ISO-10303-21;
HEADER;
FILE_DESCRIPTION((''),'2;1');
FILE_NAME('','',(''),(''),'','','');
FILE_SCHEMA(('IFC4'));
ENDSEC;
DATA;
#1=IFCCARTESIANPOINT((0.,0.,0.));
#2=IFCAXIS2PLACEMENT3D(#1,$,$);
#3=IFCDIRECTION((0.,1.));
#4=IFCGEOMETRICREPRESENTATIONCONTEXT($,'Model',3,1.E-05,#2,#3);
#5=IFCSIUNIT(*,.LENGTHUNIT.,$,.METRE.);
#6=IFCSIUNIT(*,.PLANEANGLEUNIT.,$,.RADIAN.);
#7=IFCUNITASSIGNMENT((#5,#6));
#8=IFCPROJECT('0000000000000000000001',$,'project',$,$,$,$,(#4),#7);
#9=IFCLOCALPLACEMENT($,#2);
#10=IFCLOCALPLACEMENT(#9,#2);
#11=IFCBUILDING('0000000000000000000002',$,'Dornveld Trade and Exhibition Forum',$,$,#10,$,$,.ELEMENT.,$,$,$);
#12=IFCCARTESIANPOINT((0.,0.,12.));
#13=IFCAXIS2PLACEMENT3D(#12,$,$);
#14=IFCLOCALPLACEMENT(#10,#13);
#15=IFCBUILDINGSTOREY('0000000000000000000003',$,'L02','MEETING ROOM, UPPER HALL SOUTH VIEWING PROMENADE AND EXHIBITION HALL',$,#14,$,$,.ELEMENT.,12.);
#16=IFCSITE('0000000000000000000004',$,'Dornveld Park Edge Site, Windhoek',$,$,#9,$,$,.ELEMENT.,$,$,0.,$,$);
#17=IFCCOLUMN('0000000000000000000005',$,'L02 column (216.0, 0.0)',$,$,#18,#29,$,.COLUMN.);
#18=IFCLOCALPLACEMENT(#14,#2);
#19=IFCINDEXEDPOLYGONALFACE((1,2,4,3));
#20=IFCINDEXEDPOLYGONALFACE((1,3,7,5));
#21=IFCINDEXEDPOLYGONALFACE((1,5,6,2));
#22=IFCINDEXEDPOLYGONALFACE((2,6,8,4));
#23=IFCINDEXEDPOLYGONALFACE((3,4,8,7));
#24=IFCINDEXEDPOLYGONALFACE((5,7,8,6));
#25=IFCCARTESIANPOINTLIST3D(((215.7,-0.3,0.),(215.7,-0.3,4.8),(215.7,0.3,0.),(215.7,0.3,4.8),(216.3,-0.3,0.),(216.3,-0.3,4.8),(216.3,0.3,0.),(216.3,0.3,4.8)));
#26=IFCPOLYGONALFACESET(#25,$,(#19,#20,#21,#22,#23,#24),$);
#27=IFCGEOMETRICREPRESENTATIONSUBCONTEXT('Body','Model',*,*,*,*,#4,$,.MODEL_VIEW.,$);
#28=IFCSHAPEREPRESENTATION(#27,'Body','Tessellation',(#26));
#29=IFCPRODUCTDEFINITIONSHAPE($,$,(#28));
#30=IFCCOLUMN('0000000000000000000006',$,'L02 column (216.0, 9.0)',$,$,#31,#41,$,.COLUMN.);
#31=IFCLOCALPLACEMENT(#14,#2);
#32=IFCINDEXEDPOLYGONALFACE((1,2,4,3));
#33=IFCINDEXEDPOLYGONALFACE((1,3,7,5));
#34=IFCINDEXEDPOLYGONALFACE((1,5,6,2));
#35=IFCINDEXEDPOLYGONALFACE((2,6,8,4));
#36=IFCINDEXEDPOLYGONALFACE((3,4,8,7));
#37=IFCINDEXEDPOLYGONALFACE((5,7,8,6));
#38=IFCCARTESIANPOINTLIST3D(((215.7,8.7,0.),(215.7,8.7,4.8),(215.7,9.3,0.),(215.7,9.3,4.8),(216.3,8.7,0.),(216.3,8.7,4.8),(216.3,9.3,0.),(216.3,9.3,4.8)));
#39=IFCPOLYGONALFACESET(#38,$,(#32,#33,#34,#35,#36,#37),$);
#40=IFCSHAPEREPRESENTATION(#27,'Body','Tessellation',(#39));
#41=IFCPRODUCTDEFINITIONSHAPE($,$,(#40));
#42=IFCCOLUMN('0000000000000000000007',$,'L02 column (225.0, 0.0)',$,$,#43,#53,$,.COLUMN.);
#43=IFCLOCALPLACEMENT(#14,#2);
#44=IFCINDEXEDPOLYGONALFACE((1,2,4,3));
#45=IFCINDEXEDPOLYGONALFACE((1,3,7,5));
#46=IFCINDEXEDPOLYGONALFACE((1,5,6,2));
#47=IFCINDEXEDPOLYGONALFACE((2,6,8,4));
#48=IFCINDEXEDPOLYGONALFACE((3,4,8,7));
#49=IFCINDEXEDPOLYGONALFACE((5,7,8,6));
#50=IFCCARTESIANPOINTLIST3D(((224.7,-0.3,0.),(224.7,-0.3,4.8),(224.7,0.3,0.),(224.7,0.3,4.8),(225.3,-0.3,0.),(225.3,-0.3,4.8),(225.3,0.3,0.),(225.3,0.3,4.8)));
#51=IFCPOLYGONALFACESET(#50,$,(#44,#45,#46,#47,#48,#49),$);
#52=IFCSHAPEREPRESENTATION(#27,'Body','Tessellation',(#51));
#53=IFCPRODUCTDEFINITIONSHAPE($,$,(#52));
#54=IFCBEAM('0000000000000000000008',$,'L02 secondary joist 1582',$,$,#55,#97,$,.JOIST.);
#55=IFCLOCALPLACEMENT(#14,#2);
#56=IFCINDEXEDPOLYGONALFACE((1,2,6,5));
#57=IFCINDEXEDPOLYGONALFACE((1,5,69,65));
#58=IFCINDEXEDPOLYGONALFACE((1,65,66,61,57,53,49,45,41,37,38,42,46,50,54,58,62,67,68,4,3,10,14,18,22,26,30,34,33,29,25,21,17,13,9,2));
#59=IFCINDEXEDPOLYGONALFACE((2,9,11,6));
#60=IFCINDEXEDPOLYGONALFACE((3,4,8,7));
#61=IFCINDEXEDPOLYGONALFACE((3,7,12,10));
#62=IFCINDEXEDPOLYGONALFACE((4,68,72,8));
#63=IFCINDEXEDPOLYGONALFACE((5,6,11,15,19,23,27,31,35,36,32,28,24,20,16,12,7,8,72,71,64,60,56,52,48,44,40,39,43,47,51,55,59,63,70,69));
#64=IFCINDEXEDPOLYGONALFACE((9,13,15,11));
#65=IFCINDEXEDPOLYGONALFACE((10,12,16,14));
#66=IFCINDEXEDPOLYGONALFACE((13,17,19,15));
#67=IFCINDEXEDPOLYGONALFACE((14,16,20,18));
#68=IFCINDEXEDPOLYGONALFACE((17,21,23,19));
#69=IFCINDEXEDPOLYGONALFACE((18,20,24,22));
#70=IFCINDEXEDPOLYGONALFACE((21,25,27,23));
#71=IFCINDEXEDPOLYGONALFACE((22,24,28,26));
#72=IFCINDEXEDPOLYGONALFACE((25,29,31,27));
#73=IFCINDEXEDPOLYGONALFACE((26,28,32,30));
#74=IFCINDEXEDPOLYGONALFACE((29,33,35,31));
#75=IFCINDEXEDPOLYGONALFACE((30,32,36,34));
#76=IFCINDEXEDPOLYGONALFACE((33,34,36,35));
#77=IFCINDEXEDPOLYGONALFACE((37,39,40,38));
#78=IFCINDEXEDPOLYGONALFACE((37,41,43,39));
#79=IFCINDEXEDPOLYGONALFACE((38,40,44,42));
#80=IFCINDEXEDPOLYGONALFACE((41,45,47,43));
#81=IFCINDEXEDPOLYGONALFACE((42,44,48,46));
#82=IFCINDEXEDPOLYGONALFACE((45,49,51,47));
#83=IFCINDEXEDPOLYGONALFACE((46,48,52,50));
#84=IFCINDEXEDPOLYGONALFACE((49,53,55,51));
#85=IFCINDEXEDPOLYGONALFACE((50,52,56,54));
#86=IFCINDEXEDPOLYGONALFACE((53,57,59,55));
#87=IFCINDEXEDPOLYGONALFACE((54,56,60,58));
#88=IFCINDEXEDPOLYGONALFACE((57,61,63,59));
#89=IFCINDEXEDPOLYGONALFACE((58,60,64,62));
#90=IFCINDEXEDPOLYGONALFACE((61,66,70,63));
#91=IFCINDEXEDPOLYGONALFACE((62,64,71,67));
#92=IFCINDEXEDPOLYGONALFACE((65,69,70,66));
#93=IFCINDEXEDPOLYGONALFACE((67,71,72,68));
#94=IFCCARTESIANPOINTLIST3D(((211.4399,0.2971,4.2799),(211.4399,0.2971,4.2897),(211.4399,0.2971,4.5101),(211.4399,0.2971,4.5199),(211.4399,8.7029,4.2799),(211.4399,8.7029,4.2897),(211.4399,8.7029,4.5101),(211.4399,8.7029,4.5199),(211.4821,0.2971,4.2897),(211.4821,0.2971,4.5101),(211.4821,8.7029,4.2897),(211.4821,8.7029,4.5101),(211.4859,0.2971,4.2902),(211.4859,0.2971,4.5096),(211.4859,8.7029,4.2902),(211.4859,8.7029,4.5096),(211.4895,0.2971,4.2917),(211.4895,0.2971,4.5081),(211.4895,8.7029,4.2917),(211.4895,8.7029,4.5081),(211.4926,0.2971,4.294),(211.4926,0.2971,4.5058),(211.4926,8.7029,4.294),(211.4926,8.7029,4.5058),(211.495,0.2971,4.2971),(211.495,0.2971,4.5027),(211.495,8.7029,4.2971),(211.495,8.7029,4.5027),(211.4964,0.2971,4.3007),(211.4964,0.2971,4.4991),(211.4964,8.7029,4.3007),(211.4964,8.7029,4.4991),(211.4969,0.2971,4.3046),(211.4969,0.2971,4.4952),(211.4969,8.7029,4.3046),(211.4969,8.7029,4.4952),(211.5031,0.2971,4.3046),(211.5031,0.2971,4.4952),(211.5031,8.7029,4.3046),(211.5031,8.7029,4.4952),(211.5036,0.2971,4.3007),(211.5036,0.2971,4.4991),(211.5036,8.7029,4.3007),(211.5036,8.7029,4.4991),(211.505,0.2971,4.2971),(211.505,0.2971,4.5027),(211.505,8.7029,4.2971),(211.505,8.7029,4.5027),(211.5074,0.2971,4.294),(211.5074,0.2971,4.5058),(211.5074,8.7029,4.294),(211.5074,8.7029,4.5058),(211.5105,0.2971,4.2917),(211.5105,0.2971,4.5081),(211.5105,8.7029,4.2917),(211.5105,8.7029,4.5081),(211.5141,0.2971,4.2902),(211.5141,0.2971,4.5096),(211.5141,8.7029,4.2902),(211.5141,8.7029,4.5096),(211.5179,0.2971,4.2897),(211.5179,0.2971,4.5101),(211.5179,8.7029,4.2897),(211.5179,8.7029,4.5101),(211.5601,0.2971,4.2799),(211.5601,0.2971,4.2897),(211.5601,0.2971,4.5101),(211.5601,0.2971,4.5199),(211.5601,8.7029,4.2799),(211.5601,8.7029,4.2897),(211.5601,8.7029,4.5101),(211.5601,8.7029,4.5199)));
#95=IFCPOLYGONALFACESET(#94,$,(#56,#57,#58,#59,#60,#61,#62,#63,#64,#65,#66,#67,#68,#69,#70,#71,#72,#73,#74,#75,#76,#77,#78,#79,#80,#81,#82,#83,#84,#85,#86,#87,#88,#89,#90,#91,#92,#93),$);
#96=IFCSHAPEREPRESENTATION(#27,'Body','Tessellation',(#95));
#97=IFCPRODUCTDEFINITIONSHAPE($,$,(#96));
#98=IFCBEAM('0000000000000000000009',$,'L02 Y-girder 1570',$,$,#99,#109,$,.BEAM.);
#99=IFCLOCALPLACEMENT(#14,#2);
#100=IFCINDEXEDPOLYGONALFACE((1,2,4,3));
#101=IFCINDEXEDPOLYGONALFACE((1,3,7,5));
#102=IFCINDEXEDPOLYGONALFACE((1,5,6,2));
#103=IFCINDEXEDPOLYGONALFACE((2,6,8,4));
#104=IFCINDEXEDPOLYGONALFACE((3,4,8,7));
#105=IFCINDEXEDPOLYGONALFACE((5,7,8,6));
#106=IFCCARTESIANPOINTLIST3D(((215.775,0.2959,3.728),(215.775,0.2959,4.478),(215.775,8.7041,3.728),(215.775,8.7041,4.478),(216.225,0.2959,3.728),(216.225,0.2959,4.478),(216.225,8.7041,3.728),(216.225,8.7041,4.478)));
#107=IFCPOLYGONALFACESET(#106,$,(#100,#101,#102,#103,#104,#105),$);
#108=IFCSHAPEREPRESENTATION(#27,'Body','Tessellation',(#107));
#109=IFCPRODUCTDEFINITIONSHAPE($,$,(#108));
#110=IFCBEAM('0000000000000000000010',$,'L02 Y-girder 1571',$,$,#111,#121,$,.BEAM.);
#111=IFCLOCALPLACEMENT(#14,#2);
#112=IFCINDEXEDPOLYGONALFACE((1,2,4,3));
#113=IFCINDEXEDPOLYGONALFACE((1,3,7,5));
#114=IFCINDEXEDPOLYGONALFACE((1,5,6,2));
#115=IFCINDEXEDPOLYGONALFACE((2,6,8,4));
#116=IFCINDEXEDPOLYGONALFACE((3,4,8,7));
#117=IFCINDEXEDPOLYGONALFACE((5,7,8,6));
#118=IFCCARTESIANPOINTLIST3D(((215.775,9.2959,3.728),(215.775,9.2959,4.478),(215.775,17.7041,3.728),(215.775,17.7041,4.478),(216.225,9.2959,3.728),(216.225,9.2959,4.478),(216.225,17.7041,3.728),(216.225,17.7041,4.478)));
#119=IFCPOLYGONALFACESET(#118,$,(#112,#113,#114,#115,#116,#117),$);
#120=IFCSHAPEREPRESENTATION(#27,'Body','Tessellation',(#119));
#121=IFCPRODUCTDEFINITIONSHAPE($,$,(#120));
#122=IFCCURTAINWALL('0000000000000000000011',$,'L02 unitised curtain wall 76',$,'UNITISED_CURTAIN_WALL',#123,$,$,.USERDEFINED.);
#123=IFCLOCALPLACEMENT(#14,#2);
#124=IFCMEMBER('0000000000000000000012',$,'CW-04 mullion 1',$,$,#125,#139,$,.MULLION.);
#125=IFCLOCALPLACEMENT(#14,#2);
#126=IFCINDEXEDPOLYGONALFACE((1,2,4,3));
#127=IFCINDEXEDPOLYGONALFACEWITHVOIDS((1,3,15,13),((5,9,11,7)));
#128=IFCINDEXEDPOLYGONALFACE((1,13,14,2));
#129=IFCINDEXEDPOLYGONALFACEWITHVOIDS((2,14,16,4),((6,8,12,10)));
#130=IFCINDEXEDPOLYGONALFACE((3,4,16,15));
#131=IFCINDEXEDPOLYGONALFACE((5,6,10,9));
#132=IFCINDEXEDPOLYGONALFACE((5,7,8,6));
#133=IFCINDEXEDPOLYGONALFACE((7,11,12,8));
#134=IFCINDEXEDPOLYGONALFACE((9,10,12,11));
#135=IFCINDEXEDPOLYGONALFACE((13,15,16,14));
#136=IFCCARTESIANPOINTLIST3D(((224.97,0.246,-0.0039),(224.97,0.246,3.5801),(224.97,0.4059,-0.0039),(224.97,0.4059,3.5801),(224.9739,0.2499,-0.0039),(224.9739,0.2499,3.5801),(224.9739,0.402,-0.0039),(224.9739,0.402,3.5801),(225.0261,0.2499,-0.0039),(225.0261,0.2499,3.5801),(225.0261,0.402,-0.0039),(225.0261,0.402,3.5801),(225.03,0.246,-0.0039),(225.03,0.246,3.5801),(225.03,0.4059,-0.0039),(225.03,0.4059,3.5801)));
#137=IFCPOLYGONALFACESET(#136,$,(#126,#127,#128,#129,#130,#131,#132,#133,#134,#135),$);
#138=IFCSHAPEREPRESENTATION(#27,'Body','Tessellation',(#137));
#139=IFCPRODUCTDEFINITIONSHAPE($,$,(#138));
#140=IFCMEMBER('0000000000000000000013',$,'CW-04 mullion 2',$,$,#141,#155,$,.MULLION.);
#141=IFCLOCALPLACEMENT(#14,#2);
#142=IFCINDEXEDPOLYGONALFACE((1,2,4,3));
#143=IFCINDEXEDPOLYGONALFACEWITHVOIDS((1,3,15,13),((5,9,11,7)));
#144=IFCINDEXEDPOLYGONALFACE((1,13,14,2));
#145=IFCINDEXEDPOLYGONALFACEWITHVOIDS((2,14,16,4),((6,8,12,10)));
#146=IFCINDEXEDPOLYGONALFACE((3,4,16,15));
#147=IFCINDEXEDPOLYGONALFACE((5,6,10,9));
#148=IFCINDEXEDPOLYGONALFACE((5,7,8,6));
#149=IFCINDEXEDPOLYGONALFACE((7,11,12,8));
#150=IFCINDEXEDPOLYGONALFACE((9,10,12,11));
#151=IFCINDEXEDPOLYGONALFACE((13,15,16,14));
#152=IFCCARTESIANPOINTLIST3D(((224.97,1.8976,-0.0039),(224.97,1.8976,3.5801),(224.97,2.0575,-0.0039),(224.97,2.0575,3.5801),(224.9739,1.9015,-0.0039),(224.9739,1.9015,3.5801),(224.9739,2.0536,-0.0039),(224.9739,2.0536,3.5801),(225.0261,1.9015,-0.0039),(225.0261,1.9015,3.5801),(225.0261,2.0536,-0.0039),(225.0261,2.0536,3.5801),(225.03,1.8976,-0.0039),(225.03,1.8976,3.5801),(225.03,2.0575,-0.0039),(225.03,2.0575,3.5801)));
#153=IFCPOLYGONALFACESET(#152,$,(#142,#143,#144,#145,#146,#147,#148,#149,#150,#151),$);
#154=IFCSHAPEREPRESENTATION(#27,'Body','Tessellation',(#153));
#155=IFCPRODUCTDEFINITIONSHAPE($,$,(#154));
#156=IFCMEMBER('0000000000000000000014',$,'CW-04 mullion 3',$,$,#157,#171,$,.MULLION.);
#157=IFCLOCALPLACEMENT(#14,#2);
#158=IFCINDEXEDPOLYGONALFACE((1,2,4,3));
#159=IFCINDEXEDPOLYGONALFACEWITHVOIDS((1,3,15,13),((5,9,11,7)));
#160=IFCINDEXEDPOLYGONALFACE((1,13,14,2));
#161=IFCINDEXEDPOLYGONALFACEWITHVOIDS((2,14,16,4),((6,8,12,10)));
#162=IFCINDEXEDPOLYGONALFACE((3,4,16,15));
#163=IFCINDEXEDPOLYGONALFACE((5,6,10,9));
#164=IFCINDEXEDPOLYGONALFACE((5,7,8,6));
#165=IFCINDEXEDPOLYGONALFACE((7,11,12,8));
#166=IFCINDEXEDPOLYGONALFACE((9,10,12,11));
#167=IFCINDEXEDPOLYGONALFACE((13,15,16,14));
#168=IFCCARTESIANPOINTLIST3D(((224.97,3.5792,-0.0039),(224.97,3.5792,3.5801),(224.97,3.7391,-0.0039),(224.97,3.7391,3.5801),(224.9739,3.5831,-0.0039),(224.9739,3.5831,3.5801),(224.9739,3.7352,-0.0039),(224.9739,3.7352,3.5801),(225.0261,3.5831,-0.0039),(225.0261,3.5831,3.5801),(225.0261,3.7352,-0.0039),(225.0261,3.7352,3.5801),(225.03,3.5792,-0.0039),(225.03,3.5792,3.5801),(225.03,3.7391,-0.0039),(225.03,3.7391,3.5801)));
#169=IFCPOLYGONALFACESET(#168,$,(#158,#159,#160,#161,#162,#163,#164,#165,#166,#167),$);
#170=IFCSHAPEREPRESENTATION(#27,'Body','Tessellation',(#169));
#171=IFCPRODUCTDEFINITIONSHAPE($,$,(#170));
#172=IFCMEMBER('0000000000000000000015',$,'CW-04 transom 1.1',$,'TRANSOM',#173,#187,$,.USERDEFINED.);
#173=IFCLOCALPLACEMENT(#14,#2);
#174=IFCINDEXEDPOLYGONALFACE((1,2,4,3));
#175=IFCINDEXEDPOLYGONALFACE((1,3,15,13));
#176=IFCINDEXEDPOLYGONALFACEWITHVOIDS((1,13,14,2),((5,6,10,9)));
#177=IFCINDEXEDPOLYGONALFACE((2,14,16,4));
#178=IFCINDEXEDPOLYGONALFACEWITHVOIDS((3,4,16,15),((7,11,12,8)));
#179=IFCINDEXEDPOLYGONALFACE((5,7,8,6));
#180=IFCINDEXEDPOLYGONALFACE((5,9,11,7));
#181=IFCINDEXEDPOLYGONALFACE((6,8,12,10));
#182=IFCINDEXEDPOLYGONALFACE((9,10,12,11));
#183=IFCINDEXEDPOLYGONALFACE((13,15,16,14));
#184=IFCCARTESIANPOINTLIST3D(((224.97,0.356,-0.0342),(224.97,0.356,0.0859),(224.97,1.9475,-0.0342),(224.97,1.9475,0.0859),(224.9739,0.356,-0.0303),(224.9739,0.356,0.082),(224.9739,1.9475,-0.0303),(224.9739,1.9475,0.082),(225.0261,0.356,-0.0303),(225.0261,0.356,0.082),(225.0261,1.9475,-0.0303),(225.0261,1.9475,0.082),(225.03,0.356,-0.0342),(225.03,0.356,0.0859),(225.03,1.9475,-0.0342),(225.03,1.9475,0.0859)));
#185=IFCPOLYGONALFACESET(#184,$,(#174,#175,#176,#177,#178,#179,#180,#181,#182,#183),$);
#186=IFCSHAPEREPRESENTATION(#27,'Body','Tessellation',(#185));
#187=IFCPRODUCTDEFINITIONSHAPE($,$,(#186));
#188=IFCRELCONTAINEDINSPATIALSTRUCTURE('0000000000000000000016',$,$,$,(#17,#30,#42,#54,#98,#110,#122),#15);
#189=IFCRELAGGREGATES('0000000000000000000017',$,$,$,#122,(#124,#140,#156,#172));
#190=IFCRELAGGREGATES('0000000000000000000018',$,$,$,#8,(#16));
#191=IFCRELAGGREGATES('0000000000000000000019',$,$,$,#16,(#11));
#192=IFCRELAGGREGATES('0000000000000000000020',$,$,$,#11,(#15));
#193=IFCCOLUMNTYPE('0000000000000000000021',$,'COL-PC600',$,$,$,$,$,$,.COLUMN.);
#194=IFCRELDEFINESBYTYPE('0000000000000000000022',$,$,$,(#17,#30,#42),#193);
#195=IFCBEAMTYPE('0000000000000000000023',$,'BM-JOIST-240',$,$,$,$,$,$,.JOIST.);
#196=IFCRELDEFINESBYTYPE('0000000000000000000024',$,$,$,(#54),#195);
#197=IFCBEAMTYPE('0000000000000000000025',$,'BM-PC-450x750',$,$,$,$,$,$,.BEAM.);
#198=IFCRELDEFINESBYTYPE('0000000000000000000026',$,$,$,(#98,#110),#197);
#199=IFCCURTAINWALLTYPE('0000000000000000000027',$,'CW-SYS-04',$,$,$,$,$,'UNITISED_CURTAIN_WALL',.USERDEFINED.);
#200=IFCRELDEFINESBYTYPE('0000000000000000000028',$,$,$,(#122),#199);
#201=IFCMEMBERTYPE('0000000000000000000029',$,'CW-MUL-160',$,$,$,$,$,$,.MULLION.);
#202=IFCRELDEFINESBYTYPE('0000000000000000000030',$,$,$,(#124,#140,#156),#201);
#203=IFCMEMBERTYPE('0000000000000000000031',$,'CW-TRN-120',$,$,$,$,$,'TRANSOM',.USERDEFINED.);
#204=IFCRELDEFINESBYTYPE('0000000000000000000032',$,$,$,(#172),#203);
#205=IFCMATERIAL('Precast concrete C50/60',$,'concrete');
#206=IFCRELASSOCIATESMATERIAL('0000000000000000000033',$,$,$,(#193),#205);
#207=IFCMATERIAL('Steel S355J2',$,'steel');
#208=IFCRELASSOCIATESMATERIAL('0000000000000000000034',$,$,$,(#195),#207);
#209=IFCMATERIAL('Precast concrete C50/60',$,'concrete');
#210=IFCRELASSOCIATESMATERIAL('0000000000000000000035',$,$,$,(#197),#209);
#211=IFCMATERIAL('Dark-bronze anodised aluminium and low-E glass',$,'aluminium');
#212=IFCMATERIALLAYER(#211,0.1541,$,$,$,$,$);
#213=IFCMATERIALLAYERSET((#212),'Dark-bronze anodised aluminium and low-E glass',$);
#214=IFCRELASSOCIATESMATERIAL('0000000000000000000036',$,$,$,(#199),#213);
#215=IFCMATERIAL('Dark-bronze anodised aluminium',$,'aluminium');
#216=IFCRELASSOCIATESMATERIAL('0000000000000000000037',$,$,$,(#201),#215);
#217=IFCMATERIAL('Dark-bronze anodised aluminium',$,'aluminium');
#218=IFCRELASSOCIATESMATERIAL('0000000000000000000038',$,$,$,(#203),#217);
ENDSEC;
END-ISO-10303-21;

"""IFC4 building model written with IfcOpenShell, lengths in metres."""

from ifc_helpers import new_model, si_unit, direction, frame, origin, origin_2d, place, context, subcontext, project, spatial, rectangle, hollow_rectangle, i_section, extrude, material, layer, layer_set, material_profile, profile_set, type_object, element, aggregate, save


model = new_model("IFC4")

# Units and contexts
model_context = context("Model", 3, precision=1e-05, world=origin(), true_north=direction((0.0, 1.0)))
body_context = subcontext(model_context, "Body", "Model", "MODEL_VIEW")
ifc_project = project(units=[si_unit("LENGTHUNIT", "METRE"), si_unit("PLANEANGLEUNIT", "RADIAN")], contexts=[model_context])

# Site, building, storey
site_placement = place(None, origin())
site = spatial("IfcSite", under=ifc_project, at=site_placement, Name="Dornveld Park Edge Site, Windhoek", CompositionType="ELEMENT", RefElevation=0.0)
building_placement = place(site_placement, origin())
building = spatial("IfcBuilding", under=site, at=building_placement, Name="Dornveld Trade and Exhibition Forum", CompositionType="ELEMENT")
storey_placement = place(building_placement, frame((0.0, 0.0, 12.0)))
storey = spatial("IfcBuildingStorey", under=building, at=storey_placement, Name="L02", Description="MEETING ROOM, UPPER HALL SOUTH VIEWING PROMENADE AND EXHIBITION HALL", CompositionType="ELEMENT", Elevation=12.0)

# Columns
ifc_material_1 = material(Name="Precast concrete C50/60", Category="concrete")
ifc_material_profile_1 = material_profile(ifc_material_1, rectangle(XDim=0.6001, YDim=0.6001, at=origin_2d()), Name="PC-COL 600x600")
ifc_profile_set_1 = profile_set([ifc_material_profile_1], Name="Precast concrete C50/60")
column_type = type_object("IfcColumnType", Name="COL-PC600", PredefinedType="COLUMN", material=ifc_profile_set_1)
for number, where, z_axis, x_axis, name in (
    (1, (216.0, 0.0, 0.0), (0.0, 0.0, 1.0), (1.0, 0.0, 0.0), "L02 column (216.0, 0.0)"),
    (2, (216.0, 9.0, 0.0), (0.0, 0.0, 1.0), (1.0, 0.0, 0.0), "L02 column (216.0, 9.0)"),
    (3, (225.0, 0.0, 0.0), (0.0, 0.0, 1.0), (1.0, 0.0, 0.0), "L02 column (225.0, 0.0)"),
):
    element("IfcColumn", number, at=place(storey_placement, frame(where, z_axis=z_axis, x_axis=x_axis)), inside=storey, type_object=column_type, Name=name, PredefinedType="COLUMN", context=body_context, shape_type="SweptSolid", body=[
        extrude(rectangle(XDim=0.6001, YDim=0.6001, at=origin_2d()), origin(), (0.0, 0.0, 1.0), 4.8),
    ])

# Beams
ifc_material_2 = material(Name="Steel S355J2", Category="steel")
ifc_material_profile_2 = material_profile(ifc_material_2, i_section(OverallWidth=0.1201, OverallDepth=0.24, WebThickness=0.0061, FlangeThickness=0.0098, FilletRadius=0.0149, at=origin_2d()), Name="IPE 240")
ifc_profile_set_2 = profile_set([ifc_material_profile_2], Name="Steel S355J2")
beam_type_1 = type_object("IfcBeamType", Name="BM-JOIST-240", PredefinedType="JOIST", material=ifc_profile_set_2)
beam_placement = place(storey_placement, frame((211.5, 0.2971, 4.3999), z_axis=(0.0, 1.0, 0.0), x_axis=(-1.0, 0.0, 0.0)))
element("IfcBeam", 4, at=beam_placement, inside=storey, type_object=beam_type_1, Name="L02 secondary joist 1582", PredefinedType="JOIST", context=body_context, shape_type="SweptSolid", body=[
    extrude(i_section(OverallWidth=0.1201, OverallDepth=0.24, WebThickness=0.0061, FlangeThickness=0.0098, FilletRadius=0.0149, at=origin_2d()), origin(), (0.0, 0.0, 1.0), 8.4058),
])
ifc_material_3 = material(Name="Precast concrete C50/60", Category="concrete")
ifc_material_profile_3 = material_profile(ifc_material_3, rectangle(XDim=0.45, YDim=0.75, at=origin_2d()), Name="PC-BM 450x750")
ifc_profile_set_3 = profile_set([ifc_material_profile_3], Name="Precast concrete C50/60")
beam_type_2 = type_object("IfcBeamType", Name="BM-PC-450x750", PredefinedType="BEAM", material=ifc_profile_set_3)
for number, where, z_axis, x_axis, name in (
    (5, (216.0, 0.2959, 4.103), (0.0, 1.0, 0.0), (-1.0, 0.0, 0.0), "L02 Y-girder 1570"),
    (6, (216.0, 9.2959, 4.103), (0.0, 1.0, 0.0), (-1.0, 0.0, 0.0), "L02 Y-girder 1571"),
):
    element("IfcBeam", number, at=place(storey_placement, frame(where, z_axis=z_axis, x_axis=x_axis)), inside=storey, type_object=beam_type_2, Name=name, PredefinedType="BEAM", context=body_context, shape_type="SweptSolid", body=[
        extrude(rectangle(XDim=0.45, YDim=0.75, at=origin_2d()), origin(), (0.0, 0.0, 1.0), 8.4082),
    ])

# Curtain wall, members
ifc_material_4 = material(Name="Dark-bronze anodised aluminium and low-E glass", Category="aluminium")
ifc_layer_1 = layer(ifc_material_4, 0.1541)
ifc_layer_set_1 = layer_set([ifc_layer_1], Name="Dark-bronze anodised aluminium and low-E glass")
curtain_wall_type = type_object("IfcCurtainWallType", Name="CW-SYS-04", ElementType="UNITISED_CURTAIN_WALL", PredefinedType="USERDEFINED", material=ifc_layer_set_1)
curtain_wall_placement = place(storey_placement, origin())
curtain_wall = element("IfcCurtainWall", 7, at=curtain_wall_placement, inside=storey, type_object=curtain_wall_type, Name="L02 unitised curtain wall 76", ObjectType="UNITISED_CURTAIN_WALL", PredefinedType="USERDEFINED")
ifc_material_5 = material(Name="Dark-bronze anodised aluminium", Category="aluminium")
ifc_material_profile_4 = material_profile(ifc_material_5, hollow_rectangle(XDim=0.0601, YDim=0.1599, WallThickness=0.0039, at=origin_2d()), Name="RHS 160x60x4")
ifc_profile_set_4 = profile_set([ifc_material_profile_4], Name="Dark-bronze anodised aluminium")
member_type_1 = type_object("IfcMemberType", Name="CW-MUL-160", PredefinedType="MULLION", material=ifc_profile_set_4)
member_1_placement = place(storey_placement, frame((225.0, 0.3259, -0.0039), z_axis=(0.0, 0.0, 1.0), x_axis=(-1.0, 0.0, 0.0)))
member_1 = element("IfcMember", 8, at=member_1_placement, type_object=member_type_1, Name="CW-04 mullion 1", PredefinedType="MULLION", context=body_context, shape_type="SweptSolid", body=[
    extrude(hollow_rectangle(XDim=0.0601, YDim=0.1599, WallThickness=0.0039, at=origin_2d()), origin(), (0.0, 0.0, 1.0), 3.584),
])
member_2_placement = place(storey_placement, frame((225.0, 1.9775, -0.0039), z_axis=(0.0, 0.0, 1.0), x_axis=(-1.0, 0.0, 0.0)))
member_2 = element("IfcMember", 9, at=member_2_placement, type_object=member_type_1, Name="CW-04 mullion 2", PredefinedType="MULLION", context=body_context, shape_type="SweptSolid", body=[
    extrude(hollow_rectangle(XDim=0.0601, YDim=0.1599, WallThickness=0.0039, at=origin_2d()), origin(), (0.0, 0.0, 1.0), 3.584),
])
member_3_placement = place(storey_placement, frame((225.0, 3.6592, -0.0039), z_axis=(0.0, 0.0, 1.0), x_axis=(-1.0, 0.0, 0.0)))
member_3 = element("IfcMember", 10, at=member_3_placement, type_object=member_type_1, Name="CW-04 mullion 3", PredefinedType="MULLION", context=body_context, shape_type="SweptSolid", body=[
    extrude(hollow_rectangle(XDim=0.0601, YDim=0.1599, WallThickness=0.0039, at=origin_2d()), origin(), (0.0, 0.0, 1.0), 3.584),
])
ifc_material_6 = material(Name="Dark-bronze anodised aluminium", Category="aluminium")
ifc_material_profile_5 = material_profile(ifc_material_6, hollow_rectangle(XDim=0.0601, YDim=0.1201, WallThickness=0.0039, at=origin_2d()), Name="RHS 120x60x4")
ifc_profile_set_5 = profile_set([ifc_material_profile_5], Name="Dark-bronze anodised aluminium")
member_type_2 = type_object("IfcMemberType", Name="CW-TRN-120", ElementType="TRANSOM", PredefinedType="USERDEFINED", material=ifc_profile_set_5)
member_4_placement = place(storey_placement, frame((225.0, 0.356, 0.0259), z_axis=(0.0, 1.0, 0.0), x_axis=(-1.0, 0.0, 0.0)))
member_4 = element("IfcMember", 11, at=member_4_placement, type_object=member_type_2, Name="CW-04 transom 1.1", ObjectType="TRANSOM", PredefinedType="USERDEFINED", context=body_context, shape_type="SweptSolid", body=[
    extrude(hollow_rectangle(XDim=0.0601, YDim=0.1201, WallThickness=0.0039, at=origin_2d()), origin(), (0.0, 0.0, 1.0), 1.5916),
])
aggregate(curtain_wall, [member_1, member_2, member_3, member_4])

save(model, "model.ifc")
